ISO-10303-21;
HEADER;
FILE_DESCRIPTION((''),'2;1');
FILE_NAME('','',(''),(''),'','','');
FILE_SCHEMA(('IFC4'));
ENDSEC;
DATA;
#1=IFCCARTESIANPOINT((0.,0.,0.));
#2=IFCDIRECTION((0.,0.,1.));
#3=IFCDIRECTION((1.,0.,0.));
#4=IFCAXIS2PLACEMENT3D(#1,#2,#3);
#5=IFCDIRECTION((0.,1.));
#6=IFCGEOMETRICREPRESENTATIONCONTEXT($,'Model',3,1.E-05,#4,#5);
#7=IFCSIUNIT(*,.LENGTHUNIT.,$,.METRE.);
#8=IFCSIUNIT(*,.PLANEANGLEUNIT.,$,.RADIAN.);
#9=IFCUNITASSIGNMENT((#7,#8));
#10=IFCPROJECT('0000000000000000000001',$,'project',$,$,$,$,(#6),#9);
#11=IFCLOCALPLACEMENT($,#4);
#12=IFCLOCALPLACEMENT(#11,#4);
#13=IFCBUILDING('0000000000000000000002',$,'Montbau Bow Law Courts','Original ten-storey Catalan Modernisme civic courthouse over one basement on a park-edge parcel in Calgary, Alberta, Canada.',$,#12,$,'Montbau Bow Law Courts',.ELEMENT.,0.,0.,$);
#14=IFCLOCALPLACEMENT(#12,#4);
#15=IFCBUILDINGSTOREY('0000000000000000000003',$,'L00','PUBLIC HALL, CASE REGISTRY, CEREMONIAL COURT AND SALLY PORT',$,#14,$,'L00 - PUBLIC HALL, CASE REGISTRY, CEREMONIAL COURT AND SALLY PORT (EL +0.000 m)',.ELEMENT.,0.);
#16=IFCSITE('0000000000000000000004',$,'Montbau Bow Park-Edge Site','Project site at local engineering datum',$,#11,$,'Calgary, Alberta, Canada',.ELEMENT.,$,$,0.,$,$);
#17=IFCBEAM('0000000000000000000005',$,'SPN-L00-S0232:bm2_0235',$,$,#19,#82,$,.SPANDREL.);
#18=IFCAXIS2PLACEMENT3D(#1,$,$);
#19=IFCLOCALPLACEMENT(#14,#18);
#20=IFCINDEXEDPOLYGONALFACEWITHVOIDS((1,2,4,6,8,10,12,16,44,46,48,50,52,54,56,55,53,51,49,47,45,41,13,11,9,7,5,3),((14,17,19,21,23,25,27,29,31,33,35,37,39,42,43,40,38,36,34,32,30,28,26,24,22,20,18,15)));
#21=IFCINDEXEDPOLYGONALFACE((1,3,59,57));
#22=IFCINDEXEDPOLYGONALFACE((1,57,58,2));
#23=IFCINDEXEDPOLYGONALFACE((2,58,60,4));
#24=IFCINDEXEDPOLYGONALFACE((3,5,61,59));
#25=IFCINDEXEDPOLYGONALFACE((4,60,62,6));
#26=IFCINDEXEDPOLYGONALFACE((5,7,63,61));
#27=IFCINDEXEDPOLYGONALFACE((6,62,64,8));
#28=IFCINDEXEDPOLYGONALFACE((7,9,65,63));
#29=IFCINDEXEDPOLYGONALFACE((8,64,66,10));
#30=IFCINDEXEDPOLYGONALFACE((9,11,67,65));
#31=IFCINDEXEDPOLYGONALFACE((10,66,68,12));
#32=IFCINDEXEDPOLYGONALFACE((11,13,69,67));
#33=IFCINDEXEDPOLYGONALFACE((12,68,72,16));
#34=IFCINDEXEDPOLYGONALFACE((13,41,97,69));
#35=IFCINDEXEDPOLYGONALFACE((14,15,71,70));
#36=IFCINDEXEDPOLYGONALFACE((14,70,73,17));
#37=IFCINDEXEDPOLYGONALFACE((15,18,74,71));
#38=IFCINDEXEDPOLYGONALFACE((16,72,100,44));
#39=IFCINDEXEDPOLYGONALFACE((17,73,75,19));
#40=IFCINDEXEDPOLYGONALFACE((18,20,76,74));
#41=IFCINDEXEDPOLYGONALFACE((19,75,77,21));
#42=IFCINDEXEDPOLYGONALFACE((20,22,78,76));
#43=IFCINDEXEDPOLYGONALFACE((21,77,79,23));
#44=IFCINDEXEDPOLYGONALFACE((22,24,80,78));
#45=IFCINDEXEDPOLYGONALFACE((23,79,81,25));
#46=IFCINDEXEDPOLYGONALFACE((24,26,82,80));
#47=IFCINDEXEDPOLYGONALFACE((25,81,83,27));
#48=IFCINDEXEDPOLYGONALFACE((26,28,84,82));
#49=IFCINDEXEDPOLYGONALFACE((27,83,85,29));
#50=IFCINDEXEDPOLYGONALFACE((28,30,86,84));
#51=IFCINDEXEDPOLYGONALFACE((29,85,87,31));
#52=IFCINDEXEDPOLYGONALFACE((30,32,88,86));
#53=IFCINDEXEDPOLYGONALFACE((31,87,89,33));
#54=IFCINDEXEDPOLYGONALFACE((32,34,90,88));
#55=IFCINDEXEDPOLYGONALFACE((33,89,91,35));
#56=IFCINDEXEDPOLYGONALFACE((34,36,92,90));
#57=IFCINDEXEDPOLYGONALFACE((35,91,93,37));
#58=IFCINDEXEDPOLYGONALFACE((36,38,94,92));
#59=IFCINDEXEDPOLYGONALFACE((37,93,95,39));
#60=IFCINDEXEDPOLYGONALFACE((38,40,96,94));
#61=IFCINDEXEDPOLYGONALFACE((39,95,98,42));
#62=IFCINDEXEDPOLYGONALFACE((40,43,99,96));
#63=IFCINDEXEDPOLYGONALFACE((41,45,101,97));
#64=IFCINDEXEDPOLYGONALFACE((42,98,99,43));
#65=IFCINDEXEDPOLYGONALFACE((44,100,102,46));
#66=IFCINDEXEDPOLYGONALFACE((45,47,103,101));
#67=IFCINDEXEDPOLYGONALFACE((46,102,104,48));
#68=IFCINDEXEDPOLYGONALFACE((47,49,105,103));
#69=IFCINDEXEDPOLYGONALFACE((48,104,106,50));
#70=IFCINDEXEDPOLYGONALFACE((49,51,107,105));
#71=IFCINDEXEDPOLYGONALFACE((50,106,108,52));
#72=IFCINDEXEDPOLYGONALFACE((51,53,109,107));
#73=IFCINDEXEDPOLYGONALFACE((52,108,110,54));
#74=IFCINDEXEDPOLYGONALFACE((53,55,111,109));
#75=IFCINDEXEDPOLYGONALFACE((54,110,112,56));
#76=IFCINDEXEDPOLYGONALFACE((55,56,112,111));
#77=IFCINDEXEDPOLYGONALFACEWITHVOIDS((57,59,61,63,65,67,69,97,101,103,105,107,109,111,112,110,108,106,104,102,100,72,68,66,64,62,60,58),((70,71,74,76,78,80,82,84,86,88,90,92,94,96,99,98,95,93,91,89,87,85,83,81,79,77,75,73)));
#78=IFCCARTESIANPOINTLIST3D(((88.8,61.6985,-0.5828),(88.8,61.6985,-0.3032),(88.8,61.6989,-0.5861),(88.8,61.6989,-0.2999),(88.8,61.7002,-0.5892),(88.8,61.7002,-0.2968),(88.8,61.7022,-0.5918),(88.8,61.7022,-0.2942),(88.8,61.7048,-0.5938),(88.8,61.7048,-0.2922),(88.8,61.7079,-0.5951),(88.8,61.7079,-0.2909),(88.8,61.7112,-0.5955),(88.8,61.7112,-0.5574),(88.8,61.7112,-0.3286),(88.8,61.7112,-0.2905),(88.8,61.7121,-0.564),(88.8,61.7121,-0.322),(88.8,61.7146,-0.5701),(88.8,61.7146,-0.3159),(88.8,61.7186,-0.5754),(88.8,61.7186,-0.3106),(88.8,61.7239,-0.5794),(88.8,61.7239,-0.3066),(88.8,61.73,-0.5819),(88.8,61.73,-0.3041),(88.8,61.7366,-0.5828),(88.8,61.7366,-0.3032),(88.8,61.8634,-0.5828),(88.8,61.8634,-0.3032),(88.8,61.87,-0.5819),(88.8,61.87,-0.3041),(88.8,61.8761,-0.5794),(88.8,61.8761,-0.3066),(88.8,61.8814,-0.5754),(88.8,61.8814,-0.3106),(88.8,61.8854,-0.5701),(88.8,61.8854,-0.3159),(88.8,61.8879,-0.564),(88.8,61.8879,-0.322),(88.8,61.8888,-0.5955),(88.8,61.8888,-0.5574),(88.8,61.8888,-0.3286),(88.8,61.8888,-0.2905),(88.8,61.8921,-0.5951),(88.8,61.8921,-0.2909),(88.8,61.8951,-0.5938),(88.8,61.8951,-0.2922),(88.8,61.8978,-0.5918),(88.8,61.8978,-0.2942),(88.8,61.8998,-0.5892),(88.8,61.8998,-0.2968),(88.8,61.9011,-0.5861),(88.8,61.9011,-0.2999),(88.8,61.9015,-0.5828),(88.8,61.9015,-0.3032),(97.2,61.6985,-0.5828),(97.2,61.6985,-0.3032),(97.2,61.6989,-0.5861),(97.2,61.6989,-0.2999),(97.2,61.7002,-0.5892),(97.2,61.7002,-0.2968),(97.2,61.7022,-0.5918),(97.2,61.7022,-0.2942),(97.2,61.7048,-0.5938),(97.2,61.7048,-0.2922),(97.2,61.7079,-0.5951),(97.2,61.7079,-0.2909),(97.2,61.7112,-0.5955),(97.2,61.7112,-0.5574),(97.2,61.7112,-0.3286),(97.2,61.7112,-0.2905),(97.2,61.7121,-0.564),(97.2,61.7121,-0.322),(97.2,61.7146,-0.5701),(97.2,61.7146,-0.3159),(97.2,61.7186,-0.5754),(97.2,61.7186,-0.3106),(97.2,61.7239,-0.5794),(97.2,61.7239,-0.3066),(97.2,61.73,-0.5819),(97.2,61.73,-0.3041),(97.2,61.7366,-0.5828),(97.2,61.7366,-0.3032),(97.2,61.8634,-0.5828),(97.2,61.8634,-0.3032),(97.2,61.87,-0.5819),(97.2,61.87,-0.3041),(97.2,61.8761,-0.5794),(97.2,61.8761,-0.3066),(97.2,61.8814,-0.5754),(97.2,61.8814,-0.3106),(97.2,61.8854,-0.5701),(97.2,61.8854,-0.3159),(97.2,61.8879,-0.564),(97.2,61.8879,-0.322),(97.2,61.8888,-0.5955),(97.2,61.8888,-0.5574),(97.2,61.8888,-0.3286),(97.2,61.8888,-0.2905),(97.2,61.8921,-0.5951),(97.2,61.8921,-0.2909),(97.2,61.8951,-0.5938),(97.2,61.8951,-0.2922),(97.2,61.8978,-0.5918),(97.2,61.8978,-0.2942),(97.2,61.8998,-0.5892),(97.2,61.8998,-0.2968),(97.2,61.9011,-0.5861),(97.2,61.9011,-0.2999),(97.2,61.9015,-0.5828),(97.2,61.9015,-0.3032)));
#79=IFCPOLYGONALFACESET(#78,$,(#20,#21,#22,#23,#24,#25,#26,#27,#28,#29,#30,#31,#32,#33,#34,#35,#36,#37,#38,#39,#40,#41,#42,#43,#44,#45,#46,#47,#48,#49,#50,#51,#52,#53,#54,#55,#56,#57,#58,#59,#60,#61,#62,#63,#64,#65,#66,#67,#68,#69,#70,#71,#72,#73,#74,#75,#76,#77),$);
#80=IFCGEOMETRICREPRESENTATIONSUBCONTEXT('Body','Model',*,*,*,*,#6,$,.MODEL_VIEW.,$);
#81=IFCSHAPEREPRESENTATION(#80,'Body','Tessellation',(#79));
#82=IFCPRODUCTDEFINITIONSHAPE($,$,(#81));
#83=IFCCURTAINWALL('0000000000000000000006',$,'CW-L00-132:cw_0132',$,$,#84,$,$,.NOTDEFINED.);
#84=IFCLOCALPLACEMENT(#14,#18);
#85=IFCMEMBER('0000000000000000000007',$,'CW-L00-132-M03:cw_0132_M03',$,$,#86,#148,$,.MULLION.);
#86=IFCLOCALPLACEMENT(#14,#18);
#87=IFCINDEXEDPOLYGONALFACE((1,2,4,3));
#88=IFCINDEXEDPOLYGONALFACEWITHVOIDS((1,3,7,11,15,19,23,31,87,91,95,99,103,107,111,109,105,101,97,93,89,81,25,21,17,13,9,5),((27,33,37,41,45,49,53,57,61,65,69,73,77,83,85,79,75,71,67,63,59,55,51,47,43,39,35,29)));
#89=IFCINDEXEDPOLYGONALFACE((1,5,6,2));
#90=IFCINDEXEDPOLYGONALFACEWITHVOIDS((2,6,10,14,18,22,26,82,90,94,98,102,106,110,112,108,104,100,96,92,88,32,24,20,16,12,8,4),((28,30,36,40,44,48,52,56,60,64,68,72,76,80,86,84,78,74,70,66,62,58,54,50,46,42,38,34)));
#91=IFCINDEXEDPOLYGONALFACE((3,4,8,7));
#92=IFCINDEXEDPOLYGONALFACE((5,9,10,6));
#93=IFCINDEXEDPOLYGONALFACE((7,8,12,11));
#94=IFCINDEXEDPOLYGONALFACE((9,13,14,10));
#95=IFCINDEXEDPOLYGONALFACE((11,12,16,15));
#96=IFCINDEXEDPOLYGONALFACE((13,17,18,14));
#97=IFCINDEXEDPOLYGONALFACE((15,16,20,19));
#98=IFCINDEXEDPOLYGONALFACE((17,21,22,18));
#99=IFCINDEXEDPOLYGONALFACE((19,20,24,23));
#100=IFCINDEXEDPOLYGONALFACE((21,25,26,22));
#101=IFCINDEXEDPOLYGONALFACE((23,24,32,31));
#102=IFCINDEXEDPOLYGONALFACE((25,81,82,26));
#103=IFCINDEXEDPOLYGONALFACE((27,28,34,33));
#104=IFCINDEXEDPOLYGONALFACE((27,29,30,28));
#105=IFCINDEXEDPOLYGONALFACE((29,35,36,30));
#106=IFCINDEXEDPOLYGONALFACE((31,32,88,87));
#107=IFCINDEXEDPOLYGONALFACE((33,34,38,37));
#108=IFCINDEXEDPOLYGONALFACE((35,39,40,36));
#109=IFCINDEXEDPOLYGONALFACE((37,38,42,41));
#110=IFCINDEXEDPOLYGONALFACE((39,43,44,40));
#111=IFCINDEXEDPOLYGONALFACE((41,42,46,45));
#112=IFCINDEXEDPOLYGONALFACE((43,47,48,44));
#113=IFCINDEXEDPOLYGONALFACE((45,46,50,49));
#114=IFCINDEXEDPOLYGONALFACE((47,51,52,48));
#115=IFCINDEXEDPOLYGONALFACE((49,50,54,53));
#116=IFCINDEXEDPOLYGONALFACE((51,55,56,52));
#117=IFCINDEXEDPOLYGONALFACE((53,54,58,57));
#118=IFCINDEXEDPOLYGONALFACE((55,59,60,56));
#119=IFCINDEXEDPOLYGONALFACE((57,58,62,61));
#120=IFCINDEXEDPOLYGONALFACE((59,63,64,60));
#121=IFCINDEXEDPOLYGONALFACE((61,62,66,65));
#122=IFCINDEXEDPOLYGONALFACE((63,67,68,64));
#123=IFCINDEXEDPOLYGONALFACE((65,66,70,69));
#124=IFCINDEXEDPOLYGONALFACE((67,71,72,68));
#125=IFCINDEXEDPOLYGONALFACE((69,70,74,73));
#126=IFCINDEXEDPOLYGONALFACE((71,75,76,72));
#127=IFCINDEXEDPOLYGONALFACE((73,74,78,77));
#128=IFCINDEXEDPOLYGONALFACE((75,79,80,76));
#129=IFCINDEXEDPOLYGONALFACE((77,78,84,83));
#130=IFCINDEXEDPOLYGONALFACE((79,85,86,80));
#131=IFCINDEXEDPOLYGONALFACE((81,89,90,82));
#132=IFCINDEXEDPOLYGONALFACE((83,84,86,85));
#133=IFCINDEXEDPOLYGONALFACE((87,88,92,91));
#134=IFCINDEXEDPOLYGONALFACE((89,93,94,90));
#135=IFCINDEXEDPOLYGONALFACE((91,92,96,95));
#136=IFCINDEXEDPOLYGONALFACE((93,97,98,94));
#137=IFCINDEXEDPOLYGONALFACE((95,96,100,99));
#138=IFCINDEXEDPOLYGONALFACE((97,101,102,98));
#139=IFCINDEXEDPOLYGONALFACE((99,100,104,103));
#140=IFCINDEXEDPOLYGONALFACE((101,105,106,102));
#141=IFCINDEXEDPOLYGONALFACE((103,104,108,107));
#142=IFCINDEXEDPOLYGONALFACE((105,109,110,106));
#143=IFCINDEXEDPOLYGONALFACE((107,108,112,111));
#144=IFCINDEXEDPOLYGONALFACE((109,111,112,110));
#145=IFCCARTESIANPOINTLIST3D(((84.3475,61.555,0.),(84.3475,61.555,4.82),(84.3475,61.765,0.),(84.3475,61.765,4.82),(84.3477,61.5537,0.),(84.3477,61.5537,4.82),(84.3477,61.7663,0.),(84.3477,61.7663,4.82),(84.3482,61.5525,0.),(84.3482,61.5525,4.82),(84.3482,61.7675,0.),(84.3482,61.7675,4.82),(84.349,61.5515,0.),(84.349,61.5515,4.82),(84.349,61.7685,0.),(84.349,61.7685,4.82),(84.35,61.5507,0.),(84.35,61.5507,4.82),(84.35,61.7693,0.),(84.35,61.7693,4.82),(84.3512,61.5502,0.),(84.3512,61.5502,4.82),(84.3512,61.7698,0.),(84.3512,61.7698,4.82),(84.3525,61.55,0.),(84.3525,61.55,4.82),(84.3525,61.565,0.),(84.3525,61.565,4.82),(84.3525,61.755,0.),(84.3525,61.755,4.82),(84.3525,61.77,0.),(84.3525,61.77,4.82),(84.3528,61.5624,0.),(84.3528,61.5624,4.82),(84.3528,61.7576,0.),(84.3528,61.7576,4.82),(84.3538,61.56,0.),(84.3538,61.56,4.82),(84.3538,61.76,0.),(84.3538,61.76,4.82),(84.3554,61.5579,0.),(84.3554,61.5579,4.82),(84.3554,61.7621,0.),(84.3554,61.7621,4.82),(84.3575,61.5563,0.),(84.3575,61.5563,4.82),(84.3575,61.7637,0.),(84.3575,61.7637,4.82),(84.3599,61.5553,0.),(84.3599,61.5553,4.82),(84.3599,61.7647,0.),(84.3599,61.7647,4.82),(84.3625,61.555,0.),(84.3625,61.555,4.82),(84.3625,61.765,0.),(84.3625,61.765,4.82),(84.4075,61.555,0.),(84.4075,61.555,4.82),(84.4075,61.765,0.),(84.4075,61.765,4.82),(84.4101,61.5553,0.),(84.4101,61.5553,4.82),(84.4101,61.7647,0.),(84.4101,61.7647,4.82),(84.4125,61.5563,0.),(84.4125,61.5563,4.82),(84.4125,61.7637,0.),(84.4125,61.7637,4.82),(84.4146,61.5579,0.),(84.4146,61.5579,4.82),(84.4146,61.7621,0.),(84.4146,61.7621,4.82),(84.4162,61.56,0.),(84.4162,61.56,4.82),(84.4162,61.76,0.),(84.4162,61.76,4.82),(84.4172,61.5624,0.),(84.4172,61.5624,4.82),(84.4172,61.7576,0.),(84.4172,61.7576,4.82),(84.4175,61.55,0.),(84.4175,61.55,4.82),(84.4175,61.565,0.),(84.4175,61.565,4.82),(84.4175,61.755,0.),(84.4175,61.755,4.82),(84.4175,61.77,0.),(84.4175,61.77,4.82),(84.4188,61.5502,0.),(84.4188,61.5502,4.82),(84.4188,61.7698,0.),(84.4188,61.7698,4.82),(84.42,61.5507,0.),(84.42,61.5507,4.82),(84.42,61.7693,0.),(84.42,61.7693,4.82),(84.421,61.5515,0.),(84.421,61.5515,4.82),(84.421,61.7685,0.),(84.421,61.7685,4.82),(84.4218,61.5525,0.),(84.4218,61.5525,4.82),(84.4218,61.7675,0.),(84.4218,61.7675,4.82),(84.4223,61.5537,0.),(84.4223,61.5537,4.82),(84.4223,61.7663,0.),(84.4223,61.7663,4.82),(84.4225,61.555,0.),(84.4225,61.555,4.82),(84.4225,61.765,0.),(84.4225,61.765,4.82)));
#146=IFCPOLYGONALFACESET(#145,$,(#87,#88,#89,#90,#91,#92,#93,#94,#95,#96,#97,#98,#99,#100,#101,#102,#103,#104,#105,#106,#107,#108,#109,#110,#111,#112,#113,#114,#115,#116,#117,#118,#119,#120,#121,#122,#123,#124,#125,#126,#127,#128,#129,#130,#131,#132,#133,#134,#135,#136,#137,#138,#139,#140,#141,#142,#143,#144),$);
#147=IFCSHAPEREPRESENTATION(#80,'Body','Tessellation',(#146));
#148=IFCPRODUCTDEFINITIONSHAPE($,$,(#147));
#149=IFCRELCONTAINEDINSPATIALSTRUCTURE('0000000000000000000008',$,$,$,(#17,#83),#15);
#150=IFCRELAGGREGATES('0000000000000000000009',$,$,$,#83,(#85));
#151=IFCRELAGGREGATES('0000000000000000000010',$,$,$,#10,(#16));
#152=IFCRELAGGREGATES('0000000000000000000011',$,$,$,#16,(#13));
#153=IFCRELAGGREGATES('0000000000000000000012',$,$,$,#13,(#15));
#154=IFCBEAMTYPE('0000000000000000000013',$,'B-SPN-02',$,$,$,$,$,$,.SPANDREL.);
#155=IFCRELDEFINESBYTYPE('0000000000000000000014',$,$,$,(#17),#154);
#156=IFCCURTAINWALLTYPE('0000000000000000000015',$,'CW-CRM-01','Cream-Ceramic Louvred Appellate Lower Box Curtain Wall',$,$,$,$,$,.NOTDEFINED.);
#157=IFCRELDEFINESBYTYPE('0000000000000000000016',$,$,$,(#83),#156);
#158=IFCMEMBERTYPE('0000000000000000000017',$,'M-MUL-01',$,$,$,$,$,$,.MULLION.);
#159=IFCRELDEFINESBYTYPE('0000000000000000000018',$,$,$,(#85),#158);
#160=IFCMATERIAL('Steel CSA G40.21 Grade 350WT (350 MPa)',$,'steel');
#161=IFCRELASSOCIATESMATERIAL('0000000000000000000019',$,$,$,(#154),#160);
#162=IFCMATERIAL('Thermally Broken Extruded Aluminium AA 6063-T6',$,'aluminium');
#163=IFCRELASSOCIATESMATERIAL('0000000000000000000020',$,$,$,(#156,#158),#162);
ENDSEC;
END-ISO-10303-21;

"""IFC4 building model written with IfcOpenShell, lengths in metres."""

from ifc_helpers import new_model, si_unit, direction, frame, origin_with_axes, origin_2d_with_axis, place, context, subcontext, project, spatial, hollow_rectangle, extrude, material, material_profile, profile_set, type_object, element, aggregate, save


model = new_model("IFC4")

# Units and contexts
model_context = context("Model", 3, precision=1e-05, world=origin_with_axes(), true_north=direction((0.0, 1.0)))
body_context = subcontext(model_context, "Body", "Model", "MODEL_VIEW")
ifc_project = project(units=[si_unit("LENGTHUNIT", "METRE"), si_unit("PLANEANGLEUNIT", "RADIAN")], contexts=[model_context])

# Site, building, storey
site_placement = place(None, origin_with_axes())
site = spatial("IfcSite", under=ifc_project, at=site_placement, Name="Montbau Bow Park-Edge Site", Description="Project site at local engineering datum", LongName="Calgary, Alberta, Canada", CompositionType="ELEMENT", RefElevation=0.0)
building_placement = place(site_placement, origin_with_axes())
building = spatial("IfcBuilding", under=site, at=building_placement, Name="Montbau Bow Law Courts", Description="Original ten-storey Catalan Modernisme civic courthouse over one basement on a park-edge parcel in Calgary, Alberta, Canada.", LongName="Montbau Bow Law Courts", CompositionType="ELEMENT", ElevationOfRefHeight=0.0, ElevationOfTerrain=0.0)
storey_placement = place(building_placement, origin_with_axes())
storey = spatial("IfcBuildingStorey", under=building, at=storey_placement, Name="L00", Description="PUBLIC HALL, CASE REGISTRY, CEREMONIAL COURT AND SALLY PORT", LongName="L00 - PUBLIC HALL, CASE REGISTRY, CEREMONIAL COURT AND SALLY PORT (EL +0.000 m)", CompositionType="ELEMENT", Elevation=0.0)

# Beam
ifc_material_1 = material(Name="Steel CSA G40.21 Grade 350WT (350 MPa)", Category="steel")
ifc_material_profile_1 = material_profile(ifc_material_1, hollow_rectangle(XDim=0.203, YDim=0.305, WallThickness=0.0127, InnerFilletRadius=0.0254, OuterFilletRadius=0.0127, at=origin_2d_with_axis()), Name="HSS305X203X13", Category="Main", Priority=0)
ifc_profile_set_1 = profile_set([ifc_material_profile_1], Name="Steel CSA G40.21 Grade 350WT (350 MPa)")
beam_type_1 = type_object("IfcBeamType", Name="B-SPN-02", PredefinedType="SPANDREL", material=ifc_profile_set_1)
beam_1_placement = place(None, frame((88.8, 61.8, -0.443), z_axis=(1.0, 0.0, 0.0), x_axis=(0.0, 1.0, 0.0)))
element("IfcBeam", 1, at=beam_1_placement, inside=storey, type_object=beam_type_1, Name="SPN-L00-S0232:bm2_0235", PredefinedType="SPANDREL", context=body_context, shape_type="SweptSolid", body=[
    extrude(hollow_rectangle(XDim=0.203, YDim=0.305, WallThickness=0.0127, InnerFilletRadius=0.0254, OuterFilletRadius=0.0127, at=origin_2d_with_axis()), origin_with_axes(), (0.0, 0.0, 1.0), 8.4),
])

# Curtain wall, member
ifc_material_2 = material(Name="Thermally Broken Extruded Aluminium AA 6063-T6", Category="aluminium")
curtain_wall_type = type_object("IfcCurtainWallType", Name="CW-CRM-01", Description="Cream-Ceramic Louvred Appellate Lower Box Curtain Wall", PredefinedType="NOTDEFINED", material=ifc_material_2)
curtain_wall_1_placement = place(None, frame((80.915, 61.66, 0.0), z_axis=(0.0, 0.0, 1.0), x_axis=(1.0, 0.0, 0.0)))
curtain_wall_1 = element("IfcCurtainWall", 2, at=curtain_wall_1_placement, inside=storey, type_object=curtain_wall_type, Name="CW-L00-132:cw_0132", PredefinedType="NOTDEFINED")
ifc_material_profile_2 = material_profile(ifc_material_2, hollow_rectangle(XDim=0.075, YDim=0.22, WallThickness=0.005, InnerFilletRadius=0.01, OuterFilletRadius=0.005, at=origin_2d_with_axis()), Name="CWM-220X75", Category="Main", Priority=0)
ifc_profile_set_2 = profile_set([ifc_material_profile_2], Name="Thermally Broken Extruded Aluminium AA 6063-T6")
member_type_1 = type_object("IfcMemberType", Name="M-MUL-01", PredefinedType="MULLION", material=ifc_profile_set_2)
member_1_placement = place(None, frame((84.385, 61.66, 0.0), z_axis=(0.0, 0.0, 1.0), x_axis=(1.0, 0.0, 0.0)))
member_1 = element("IfcMember", 3, at=member_1_placement, type_object=member_type_1, Name="CW-L00-132-M03:cw_0132_M03", PredefinedType="MULLION", context=body_context, shape_type="SweptSolid", body=[
    extrude(hollow_rectangle(XDim=0.075, YDim=0.22, WallThickness=0.005, InnerFilletRadius=0.01, OuterFilletRadius=0.005, at=origin_2d_with_axis()), origin_with_axes(), (0.0, 0.0, 1.0), 4.82),
])

aggregate(curtain_wall_1, [member_1])

save(model, "model.ifc")
